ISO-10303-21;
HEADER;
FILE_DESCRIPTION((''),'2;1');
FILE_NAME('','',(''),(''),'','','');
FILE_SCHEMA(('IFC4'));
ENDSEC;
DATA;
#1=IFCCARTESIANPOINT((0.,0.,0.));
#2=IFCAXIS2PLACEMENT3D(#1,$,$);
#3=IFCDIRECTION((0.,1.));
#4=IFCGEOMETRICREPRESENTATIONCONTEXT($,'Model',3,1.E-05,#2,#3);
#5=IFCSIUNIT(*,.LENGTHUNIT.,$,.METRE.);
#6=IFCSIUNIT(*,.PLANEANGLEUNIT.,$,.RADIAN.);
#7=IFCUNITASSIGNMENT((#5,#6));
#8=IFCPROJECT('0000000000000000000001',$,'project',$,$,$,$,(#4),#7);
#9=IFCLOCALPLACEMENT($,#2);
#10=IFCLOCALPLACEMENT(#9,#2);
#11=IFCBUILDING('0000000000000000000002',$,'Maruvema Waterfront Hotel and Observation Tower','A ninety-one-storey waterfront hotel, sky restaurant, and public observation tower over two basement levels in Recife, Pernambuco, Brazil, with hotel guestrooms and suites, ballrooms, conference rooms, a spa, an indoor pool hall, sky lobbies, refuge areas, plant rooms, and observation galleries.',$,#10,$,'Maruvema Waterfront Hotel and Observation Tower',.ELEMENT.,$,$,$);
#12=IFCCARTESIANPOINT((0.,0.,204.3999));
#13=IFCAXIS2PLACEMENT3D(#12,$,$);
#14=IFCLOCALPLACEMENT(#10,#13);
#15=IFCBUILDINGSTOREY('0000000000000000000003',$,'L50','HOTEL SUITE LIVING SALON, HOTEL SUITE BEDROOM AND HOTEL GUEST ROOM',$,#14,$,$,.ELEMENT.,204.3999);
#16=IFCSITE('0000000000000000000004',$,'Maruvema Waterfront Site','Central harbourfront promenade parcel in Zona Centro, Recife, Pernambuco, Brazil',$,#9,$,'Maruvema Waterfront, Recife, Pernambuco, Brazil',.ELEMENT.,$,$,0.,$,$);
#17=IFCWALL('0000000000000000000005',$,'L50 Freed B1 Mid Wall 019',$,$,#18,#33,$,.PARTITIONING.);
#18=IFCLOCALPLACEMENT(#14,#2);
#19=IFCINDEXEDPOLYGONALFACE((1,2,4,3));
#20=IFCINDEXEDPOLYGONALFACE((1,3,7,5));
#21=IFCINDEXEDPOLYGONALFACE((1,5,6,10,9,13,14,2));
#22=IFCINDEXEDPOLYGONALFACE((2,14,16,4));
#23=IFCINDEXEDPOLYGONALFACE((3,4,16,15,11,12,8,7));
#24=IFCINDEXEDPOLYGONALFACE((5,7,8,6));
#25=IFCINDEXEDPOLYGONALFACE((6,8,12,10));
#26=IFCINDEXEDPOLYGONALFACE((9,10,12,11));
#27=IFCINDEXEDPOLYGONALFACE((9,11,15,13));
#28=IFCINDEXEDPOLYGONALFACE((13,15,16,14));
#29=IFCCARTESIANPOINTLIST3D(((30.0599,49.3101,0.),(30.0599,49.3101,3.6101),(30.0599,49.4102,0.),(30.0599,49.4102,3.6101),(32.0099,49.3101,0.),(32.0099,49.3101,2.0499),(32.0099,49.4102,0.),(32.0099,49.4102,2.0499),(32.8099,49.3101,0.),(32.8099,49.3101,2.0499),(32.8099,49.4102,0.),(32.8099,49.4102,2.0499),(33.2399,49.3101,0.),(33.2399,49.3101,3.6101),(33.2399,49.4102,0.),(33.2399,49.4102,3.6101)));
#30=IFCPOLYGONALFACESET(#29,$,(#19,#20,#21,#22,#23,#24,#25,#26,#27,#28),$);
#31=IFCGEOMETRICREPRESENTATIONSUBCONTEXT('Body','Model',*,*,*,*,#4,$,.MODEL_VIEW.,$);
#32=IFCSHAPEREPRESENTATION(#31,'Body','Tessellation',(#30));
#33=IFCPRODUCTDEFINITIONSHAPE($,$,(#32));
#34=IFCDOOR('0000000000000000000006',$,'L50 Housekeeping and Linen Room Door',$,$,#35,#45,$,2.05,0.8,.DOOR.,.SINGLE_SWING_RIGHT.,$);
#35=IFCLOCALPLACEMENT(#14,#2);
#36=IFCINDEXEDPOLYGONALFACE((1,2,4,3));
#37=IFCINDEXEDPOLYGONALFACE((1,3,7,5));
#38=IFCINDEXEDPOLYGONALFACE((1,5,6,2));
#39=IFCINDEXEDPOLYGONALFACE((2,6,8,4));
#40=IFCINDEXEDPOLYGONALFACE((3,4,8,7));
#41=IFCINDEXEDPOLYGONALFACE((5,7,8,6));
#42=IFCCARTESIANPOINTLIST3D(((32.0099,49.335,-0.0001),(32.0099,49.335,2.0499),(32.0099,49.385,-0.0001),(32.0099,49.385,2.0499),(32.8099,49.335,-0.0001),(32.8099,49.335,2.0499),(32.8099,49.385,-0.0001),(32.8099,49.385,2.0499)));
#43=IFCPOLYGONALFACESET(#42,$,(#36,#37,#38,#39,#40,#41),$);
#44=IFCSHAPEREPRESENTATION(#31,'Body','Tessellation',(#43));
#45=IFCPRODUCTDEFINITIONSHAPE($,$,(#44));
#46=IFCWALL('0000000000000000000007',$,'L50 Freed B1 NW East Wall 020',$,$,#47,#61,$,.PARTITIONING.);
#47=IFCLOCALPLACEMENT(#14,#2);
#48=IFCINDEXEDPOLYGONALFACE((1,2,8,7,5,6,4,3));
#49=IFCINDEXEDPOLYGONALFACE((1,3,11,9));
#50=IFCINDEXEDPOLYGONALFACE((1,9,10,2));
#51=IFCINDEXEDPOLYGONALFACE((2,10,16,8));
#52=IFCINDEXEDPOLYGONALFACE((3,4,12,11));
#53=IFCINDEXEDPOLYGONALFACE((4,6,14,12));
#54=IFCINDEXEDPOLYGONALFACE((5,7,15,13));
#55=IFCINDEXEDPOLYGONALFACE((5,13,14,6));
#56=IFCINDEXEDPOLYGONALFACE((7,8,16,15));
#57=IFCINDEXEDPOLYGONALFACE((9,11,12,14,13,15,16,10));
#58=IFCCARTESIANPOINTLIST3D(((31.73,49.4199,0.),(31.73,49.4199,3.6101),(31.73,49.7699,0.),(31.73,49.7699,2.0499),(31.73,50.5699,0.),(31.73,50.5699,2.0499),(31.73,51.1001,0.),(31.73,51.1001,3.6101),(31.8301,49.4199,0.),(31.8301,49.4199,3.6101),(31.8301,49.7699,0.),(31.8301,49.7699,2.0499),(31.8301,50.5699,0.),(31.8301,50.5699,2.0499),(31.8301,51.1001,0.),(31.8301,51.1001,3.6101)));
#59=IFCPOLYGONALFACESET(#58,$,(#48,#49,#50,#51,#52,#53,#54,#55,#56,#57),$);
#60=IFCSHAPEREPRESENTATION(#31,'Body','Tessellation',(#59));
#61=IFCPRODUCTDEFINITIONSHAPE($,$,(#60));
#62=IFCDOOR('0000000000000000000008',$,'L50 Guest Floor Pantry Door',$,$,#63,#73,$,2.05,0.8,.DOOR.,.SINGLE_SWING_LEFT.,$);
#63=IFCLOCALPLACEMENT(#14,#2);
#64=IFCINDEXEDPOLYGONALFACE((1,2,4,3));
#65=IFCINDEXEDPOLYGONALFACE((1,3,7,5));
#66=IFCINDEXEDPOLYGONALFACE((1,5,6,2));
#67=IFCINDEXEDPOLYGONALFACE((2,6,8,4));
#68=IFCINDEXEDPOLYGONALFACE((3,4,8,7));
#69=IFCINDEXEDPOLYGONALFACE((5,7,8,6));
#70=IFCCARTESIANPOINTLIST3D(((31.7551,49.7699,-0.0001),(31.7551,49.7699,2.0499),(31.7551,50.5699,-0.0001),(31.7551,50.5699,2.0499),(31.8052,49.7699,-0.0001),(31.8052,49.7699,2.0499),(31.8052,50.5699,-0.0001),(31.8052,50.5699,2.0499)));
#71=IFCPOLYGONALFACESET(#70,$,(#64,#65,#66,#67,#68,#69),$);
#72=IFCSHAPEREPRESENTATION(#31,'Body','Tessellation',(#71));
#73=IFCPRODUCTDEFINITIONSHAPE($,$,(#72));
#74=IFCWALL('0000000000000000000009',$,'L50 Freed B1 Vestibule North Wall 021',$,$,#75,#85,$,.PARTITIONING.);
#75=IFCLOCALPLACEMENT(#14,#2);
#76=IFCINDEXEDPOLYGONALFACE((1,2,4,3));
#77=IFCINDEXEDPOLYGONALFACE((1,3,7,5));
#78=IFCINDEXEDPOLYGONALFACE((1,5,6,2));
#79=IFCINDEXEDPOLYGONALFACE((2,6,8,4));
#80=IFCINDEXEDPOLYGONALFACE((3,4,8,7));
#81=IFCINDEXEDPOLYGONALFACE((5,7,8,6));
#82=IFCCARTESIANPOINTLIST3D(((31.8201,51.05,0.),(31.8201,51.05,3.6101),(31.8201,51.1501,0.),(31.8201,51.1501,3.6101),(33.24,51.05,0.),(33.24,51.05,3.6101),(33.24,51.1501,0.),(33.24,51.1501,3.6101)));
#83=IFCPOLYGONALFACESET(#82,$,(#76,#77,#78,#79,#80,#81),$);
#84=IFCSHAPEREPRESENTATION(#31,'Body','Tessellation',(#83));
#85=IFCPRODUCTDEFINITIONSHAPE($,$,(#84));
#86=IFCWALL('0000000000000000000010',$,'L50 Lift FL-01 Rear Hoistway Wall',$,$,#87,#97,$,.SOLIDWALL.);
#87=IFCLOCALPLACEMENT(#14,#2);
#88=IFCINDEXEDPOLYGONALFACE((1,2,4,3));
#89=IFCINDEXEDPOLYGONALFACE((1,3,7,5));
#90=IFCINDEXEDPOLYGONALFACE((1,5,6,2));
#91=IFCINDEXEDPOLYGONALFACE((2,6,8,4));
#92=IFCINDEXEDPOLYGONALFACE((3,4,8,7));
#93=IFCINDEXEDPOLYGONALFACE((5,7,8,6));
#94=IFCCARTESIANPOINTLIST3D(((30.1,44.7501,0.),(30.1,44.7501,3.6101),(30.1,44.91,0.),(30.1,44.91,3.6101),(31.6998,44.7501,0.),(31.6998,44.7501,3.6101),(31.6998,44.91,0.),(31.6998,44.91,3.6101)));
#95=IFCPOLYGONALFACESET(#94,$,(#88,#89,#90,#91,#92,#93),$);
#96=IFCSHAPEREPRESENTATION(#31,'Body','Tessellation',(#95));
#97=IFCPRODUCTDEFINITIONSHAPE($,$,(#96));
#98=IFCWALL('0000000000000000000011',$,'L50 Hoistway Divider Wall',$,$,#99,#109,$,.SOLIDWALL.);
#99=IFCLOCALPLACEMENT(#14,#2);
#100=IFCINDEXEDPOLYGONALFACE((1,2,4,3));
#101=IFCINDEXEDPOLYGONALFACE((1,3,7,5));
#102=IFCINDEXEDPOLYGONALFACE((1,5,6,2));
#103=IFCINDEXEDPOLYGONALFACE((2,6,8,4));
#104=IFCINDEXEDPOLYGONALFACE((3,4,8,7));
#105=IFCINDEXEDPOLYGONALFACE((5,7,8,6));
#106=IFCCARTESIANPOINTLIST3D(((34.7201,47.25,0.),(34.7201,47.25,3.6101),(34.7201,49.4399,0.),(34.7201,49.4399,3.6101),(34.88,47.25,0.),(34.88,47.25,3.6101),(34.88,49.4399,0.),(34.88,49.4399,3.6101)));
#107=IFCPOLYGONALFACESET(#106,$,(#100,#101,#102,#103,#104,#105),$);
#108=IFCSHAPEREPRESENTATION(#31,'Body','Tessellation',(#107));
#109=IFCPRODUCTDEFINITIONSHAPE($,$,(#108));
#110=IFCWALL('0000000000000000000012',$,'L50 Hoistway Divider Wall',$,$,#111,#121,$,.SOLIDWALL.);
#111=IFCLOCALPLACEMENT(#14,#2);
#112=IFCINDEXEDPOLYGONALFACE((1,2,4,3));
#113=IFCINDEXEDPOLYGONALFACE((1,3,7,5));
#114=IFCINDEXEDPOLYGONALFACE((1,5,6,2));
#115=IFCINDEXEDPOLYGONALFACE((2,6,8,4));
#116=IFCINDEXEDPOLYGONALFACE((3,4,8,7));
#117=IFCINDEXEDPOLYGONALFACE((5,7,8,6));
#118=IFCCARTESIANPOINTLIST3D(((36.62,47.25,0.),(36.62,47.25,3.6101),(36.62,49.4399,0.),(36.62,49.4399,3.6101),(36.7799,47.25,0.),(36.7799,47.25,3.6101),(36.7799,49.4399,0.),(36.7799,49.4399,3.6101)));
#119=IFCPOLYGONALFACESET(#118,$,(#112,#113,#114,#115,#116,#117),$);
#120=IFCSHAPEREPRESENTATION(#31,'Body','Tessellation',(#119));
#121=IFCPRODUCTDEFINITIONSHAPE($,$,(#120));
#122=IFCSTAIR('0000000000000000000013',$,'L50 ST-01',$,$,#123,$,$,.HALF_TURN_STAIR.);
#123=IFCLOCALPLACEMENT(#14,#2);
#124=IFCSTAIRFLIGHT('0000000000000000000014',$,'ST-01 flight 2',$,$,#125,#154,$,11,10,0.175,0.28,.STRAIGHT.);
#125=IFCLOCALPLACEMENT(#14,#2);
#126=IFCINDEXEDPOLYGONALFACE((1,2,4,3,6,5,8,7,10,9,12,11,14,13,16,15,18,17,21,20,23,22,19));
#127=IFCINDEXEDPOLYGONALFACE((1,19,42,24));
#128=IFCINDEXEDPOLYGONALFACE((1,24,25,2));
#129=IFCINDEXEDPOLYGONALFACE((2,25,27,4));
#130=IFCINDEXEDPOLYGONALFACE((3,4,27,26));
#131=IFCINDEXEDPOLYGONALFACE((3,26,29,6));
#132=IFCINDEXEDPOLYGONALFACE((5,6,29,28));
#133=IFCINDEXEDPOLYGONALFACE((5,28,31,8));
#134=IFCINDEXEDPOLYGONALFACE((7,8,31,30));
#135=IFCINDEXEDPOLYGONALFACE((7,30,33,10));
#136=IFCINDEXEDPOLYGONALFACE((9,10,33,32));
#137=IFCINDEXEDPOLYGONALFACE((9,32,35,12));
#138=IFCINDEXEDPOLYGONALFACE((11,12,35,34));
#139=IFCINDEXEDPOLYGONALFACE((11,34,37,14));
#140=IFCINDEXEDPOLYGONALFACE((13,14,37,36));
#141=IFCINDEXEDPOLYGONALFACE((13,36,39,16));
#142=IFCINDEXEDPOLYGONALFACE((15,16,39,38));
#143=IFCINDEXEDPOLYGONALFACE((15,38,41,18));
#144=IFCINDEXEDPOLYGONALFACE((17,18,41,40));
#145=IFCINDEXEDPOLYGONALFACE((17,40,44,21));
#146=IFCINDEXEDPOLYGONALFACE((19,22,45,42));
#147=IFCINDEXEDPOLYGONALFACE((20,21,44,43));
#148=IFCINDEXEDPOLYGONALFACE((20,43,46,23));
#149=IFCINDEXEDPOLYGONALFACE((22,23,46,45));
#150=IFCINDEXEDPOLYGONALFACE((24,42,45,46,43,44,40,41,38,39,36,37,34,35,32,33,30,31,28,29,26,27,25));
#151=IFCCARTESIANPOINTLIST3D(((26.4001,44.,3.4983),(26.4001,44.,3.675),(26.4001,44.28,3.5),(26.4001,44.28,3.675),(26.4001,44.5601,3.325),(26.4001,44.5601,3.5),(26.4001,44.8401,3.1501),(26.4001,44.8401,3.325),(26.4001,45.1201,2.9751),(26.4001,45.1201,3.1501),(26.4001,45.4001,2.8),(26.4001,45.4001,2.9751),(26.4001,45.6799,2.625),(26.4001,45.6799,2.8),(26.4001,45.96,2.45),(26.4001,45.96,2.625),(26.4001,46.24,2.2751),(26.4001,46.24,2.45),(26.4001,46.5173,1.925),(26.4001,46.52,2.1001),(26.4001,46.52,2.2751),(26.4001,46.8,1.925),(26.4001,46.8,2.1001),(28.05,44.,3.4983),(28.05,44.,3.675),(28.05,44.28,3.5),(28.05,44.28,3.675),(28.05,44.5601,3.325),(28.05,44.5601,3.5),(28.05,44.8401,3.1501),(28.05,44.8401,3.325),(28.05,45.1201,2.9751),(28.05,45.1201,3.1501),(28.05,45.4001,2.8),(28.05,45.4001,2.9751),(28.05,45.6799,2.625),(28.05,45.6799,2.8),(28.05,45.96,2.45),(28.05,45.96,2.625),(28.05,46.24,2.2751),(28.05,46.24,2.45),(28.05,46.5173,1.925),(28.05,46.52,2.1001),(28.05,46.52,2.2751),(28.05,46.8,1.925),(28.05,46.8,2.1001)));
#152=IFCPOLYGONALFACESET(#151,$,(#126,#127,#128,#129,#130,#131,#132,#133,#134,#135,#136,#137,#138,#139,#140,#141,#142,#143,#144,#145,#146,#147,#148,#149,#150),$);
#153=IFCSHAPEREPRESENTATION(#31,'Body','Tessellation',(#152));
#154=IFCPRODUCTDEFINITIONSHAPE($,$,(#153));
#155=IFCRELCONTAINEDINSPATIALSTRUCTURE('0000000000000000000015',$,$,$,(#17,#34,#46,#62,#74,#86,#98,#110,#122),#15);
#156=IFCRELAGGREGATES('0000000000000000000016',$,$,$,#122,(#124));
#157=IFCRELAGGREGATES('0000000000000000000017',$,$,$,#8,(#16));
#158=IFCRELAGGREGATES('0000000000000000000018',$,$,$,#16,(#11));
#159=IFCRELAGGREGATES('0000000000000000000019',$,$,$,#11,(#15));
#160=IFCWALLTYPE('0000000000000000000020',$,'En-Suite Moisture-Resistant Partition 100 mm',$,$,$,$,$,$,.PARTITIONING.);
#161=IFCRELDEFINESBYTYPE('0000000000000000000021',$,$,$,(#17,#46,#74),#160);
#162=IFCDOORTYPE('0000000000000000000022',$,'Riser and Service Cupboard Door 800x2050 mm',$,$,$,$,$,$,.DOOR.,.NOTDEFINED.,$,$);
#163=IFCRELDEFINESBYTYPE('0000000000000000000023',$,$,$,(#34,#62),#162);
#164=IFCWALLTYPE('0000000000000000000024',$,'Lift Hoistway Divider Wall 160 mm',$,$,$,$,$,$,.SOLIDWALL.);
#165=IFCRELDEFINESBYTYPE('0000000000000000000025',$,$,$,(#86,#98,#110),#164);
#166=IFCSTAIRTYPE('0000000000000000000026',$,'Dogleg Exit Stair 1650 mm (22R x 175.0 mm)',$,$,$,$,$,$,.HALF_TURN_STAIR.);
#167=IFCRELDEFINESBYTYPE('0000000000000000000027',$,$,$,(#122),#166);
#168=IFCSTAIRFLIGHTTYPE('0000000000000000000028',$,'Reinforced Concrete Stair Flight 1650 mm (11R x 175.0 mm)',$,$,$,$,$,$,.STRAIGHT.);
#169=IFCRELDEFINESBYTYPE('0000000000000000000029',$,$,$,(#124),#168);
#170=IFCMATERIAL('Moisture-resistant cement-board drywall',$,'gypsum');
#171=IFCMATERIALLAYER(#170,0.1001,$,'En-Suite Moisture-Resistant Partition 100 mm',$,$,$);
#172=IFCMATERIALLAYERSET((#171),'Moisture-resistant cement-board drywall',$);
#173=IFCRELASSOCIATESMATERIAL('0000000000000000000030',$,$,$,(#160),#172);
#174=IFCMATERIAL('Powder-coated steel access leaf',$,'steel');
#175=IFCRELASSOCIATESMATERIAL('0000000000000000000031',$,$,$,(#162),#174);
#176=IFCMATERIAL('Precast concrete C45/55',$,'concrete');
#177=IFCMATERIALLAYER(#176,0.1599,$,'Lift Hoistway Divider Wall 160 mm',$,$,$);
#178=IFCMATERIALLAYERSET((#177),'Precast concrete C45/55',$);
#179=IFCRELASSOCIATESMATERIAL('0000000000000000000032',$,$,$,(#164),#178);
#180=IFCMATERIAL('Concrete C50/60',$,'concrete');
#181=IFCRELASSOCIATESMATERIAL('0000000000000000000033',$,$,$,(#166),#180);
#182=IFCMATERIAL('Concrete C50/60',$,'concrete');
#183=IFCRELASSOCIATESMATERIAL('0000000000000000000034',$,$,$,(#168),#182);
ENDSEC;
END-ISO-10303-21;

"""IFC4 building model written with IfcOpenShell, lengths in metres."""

from ifc_helpers import new_model, si_unit, direction, frame, frame_2d, origin, place, context, subcontext, project, spatial, polyline, rectangle, outline, extrude, material, layer, layer_set, type_object, element, fill, aggregate, save


model = new_model("IFC4")

# Units and contexts
model_context = context("Model", 3, precision=1e-05, world=origin(), true_north=direction((0.0, 1.0)))
body_context = subcontext(model_context, "Body", "Model", "MODEL_VIEW")
ifc_project = project(units=[si_unit("LENGTHUNIT", "METRE"), si_unit("PLANEANGLEUNIT", "RADIAN")], contexts=[model_context])

# Site, building, storey
site_placement = place(None, origin())
site = spatial("IfcSite", under=ifc_project, at=site_placement, Name="Maruvema Waterfront Site", Description="Central harbourfront promenade parcel in Zona Centro, Recife, Pernambuco, Brazil", LongName="Maruvema Waterfront, Recife, Pernambuco, Brazil", CompositionType="ELEMENT", RefElevation=0.0)
building_placement = place(site_placement, origin())
building = spatial("IfcBuilding", under=site, at=building_placement, Name="Maruvema Waterfront Hotel and Observation Tower", Description="A ninety-one-storey waterfront hotel, sky restaurant, and public observation tower over two basement levels in Recife, Pernambuco, Brazil, with hotel guestrooms and suites, ballrooms, conference rooms, a spa, an indoor pool hall, sky lobbies, refuge areas, plant rooms, and observation galleries.", LongName="Maruvema Waterfront Hotel and Observation Tower", CompositionType="ELEMENT")
storey_placement = place(building_placement, frame((0.0, 0.0, 204.3999)))
storey = spatial("IfcBuildingStorey", under=building, at=storey_placement, Name="L50", Description="HOTEL SUITE LIVING SALON, HOTEL SUITE BEDROOM AND HOTEL GUEST ROOM", CompositionType="ELEMENT", Elevation=204.3999)

# Shared definitions
ifc_material_1 = material(Name="Moisture-resistant cement-board drywall", Category="gypsum")
ifc_layer_1 = layer(ifc_material_1, 0.1001, Name="En-Suite Moisture-Resistant Partition 100 mm")
ifc_layer_set_1 = layer_set([ifc_layer_1], Name="Moisture-resistant cement-board drywall")
wall_type_1 = type_object("IfcWallType", Name="En-Suite Moisture-Resistant Partition 100 mm", PredefinedType="PARTITIONING", material=ifc_layer_set_1)

# Shared definitions
ifc_material_2 = material(Name="Powder-coated steel access leaf", Category="steel")
door_type_1 = type_object("IfcDoorType", Name="Riser and Service Cupboard Door 800x2050 mm", OperationType="NOTDEFINED", PredefinedType="DOOR", material=ifc_material_2)

# Walls, openings, doors
wall_1_placement = place(storey_placement, frame((30.0601, 49.3601, 0.0), z_axis=(0.0, 0.0, 1.0), x_axis=(1.0, 0.0, 0.0)))
wall_1 = element("IfcWall", 1, at=wall_1_placement, inside=storey, type_object=wall_type_1, Name="L50 Freed B1 Mid Wall 019", PredefinedType="PARTITIONING", context=body_context, shape_type="SweptSolid", body=[
    extrude(rectangle(XDim=3.1799, YDim=0.1001, at=frame_2d((1.5898, 0.0))), origin(), (0.0, 0.0, 1.0), 3.6101),
])
opening_1_placement = place(wall_1_placement, frame((1.95, 0.0, 0.0)))
opening_1 = element("IfcOpeningElement", 2, at=opening_1_placement, cuts=wall_1, PredefinedType="OPENING", context=body_context, shape_type="SweptSolid", body=[
    extrude(rectangle(XDim=0.8, YDim=2.05, at=frame_2d((0.3999, 1.0249))), frame((0.0, 0.0601, 0.0), z_axis=(0.0, -1.0, 0.0), x_axis=(1.0, 0.0, 0.0)), (0.0, 0.0, 1.0), 0.1201),
])
door_1_placement = place(opening_1_placement, origin())
door_1 = element("IfcDoor", 3, at=door_1_placement, inside=storey, type_object=door_type_1, Name="L50 Housekeeping and Linen Room Door", OperationType="SINGLE_SWING_RIGHT", OverallHeight=2.05, OverallWidth=0.8, PredefinedType="DOOR", context=body_context, shape_type="SweptSolid", body=[
    extrude(rectangle(XDim=0.8, YDim=2.05, at=frame_2d((0.3999, 1.0249))), frame((0.0, 0.0249, 0.0), z_axis=(0.0, -1.0, 0.0), x_axis=(1.0, 0.0, 0.0)), (0.0, 0.0, 1.0), 0.05),
])
fill(opening_1, door_1)
wall_2_placement = place(storey_placement, frame((31.78, 49.4199, 0.0), z_axis=(0.0, 0.0, 1.0), x_axis=(0.0, 1.0, 0.0)))
wall_2 = element("IfcWall", 4, at=wall_2_placement, inside=storey, type_object=wall_type_1, Name="L50 Freed B1 NW East Wall 020", PredefinedType="PARTITIONING", context=body_context, shape_type="SweptSolid", body=[
    extrude(rectangle(XDim=1.6802, YDim=0.1001, at=frame_2d((0.8401, 0.0))), origin(), (0.0, 0.0, 1.0), 3.6101),
])
opening_2_placement = place(wall_2_placement, frame((0.3501, 0.0, 0.0)))
opening_2 = element("IfcOpeningElement", 5, at=opening_2_placement, cuts=wall_2, PredefinedType="OPENING", context=body_context, shape_type="SweptSolid", body=[
    extrude(rectangle(XDim=0.8, YDim=2.05, at=frame_2d((0.3999, 1.0249))), frame((0.0, 0.0601, 0.0), z_axis=(0.0, -1.0, 0.0), x_axis=(1.0, 0.0, 0.0)), (0.0, 0.0, 1.0), 0.1201),
])
door_2_placement = place(opening_2_placement, origin())
door_2 = element("IfcDoor", 6, at=door_2_placement, inside=storey, type_object=door_type_1, Name="L50 Guest Floor Pantry Door", OperationType="SINGLE_SWING_LEFT", OverallHeight=2.05, OverallWidth=0.8, PredefinedType="DOOR", context=body_context, shape_type="SweptSolid", body=[
    extrude(rectangle(XDim=0.8, YDim=2.05, at=frame_2d((0.3999, 1.0249))), frame((0.0, 0.0249, 0.0), z_axis=(0.0, -1.0, 0.0), x_axis=(1.0, 0.0, 0.0)), (0.0, 0.0, 1.0), 0.05),
])
fill(opening_2, door_2)

# Walls
wall_3_placement = place(storey_placement, frame((31.8201, 51.1001, 0.0), z_axis=(0.0, 0.0, 1.0), x_axis=(1.0, 0.0, 0.0)))
element("IfcWall", 7, at=wall_3_placement, inside=storey, type_object=wall_type_1, Name="L50 Freed B1 Vestibule North Wall 021", PredefinedType="PARTITIONING", context=body_context, shape_type="SweptSolid", body=[
    extrude(rectangle(XDim=1.4199, YDim=0.1001, at=frame_2d((0.71, 0.0))), origin(), (0.0, 0.0, 1.0), 3.6101),
])
ifc_material_3 = material(Name="Precast concrete C45/55", Category="concrete")
ifc_layer_2 = layer(ifc_material_3, 0.1599, Name="Lift Hoistway Divider Wall 160 mm")
ifc_layer_set_2 = layer_set([ifc_layer_2], Name="Precast concrete C45/55")
wall_type_2 = type_object("IfcWallType", Name="Lift Hoistway Divider Wall 160 mm", PredefinedType="SOLIDWALL", material=ifc_layer_set_2)
wall_4_placement = place(storey_placement, frame((30.1001, 44.8301, 0.0), z_axis=(0.0, 0.0, 1.0), x_axis=(1.0, 0.0, 0.0)))
element("IfcWall", 8, at=wall_4_placement, inside=storey, type_object=wall_type_2, Name="L50 Lift FL-01 Rear Hoistway Wall", PredefinedType="SOLIDWALL", context=body_context, shape_type="SweptSolid", body=[
    extrude(rectangle(XDim=1.5999, YDim=0.1599, at=frame_2d((0.7998, 0.0))), origin(), (0.0, 0.0, 1.0), 3.6101),
])
for number, where, z_axis, x_axis, name in (
    (9, (34.8, 47.25, 0.0), (0.0, 0.0, 1.0), (0.0, 1.0, 0.0), "L50 Hoistway Divider Wall"),
    (10, (36.7, 47.25, 0.0), (0.0, 0.0, 1.0), (0.0, 1.0, 0.0), "L50 Hoistway Divider Wall"),
):
    element("IfcWall", number, at=place(storey_placement, frame(where, z_axis=z_axis, x_axis=x_axis)), inside=storey, type_object=wall_type_2, Name=name, PredefinedType="SOLIDWALL", context=body_context, shape_type="SweptSolid", body=[
        extrude(rectangle(XDim=2.1899, YDim=0.1599, at=frame_2d((1.095, 0.0))), origin(), (0.0, 0.0, 1.0), 3.6101),
    ])

# Stair, stair flight
ifc_material_4 = material(Name="Concrete C50/60", Category="concrete")
stair_type = type_object("IfcStairType", Name="Dogleg Exit Stair 1650 mm (22R x 175.0 mm)", PredefinedType="HALF_TURN_STAIR", material=ifc_material_4)
stair_1_placement = place(storey_placement, origin())
stair_1 = element("IfcStair", 11, at=stair_1_placement, inside=storey, type_object=stair_type, Name="L50 ST-01", PredefinedType="HALF_TURN_STAIR")
ifc_material_5 = material(Name="Concrete C50/60", Category="concrete")
stair_flight_type = type_object("IfcStairFlightType", Name="Reinforced Concrete Stair Flight 1650 mm (11R x 175.0 mm)", PredefinedType="STRAIGHT", material=ifc_material_5)
stair_flight_1_placement = place(storey_placement, frame((27.2251, 46.8, 1.925), z_axis=(0.0, 0.0, 1.0), x_axis=(0.0, -1.0, 0.0)))
stair_flight_1 = element("IfcStairFlight", 12, at=stair_flight_1_placement, type_object=stair_flight_type, Name="ST-01 flight 2", NumberOfRisers=11, NumberOfTreads=10, PredefinedType="STRAIGHT", RiserHeight=0.175, TreadLength=0.28, context=body_context, shape_type="SweptSolid", body=[
    extrude(outline(polyline([(0.0, 0.0), (0.0, 0.175), (0.28, 0.175), (0.28, 0.3501), (0.5601, 0.3501), (0.5601, 0.5249), (0.8401, 0.5249), (0.8401, 0.7), (1.1201, 0.7), (1.1201, 0.875), (1.3999, 0.875), (1.3999, 1.05), (1.6799, 1.05), (1.6799, 1.2251), (1.96, 1.2251), (1.96, 1.3999), (2.24, 1.3999), (2.24, 1.575), (2.52, 1.575), (2.52, 1.75), (2.8, 1.75), (2.8, 1.925), (2.8, 1.5732), (0.2827, 0.0), (0.0, 0.0)])), frame((0.0, 0.825, 0.0), z_axis=(0.0, -1.0, 0.0), x_axis=(1.0, 0.0, 0.0)), (0.0, 0.0, 1.0), 1.6499),
])
aggregate(stair_1, [stair_flight_1])

save(model, "model.ifc")
